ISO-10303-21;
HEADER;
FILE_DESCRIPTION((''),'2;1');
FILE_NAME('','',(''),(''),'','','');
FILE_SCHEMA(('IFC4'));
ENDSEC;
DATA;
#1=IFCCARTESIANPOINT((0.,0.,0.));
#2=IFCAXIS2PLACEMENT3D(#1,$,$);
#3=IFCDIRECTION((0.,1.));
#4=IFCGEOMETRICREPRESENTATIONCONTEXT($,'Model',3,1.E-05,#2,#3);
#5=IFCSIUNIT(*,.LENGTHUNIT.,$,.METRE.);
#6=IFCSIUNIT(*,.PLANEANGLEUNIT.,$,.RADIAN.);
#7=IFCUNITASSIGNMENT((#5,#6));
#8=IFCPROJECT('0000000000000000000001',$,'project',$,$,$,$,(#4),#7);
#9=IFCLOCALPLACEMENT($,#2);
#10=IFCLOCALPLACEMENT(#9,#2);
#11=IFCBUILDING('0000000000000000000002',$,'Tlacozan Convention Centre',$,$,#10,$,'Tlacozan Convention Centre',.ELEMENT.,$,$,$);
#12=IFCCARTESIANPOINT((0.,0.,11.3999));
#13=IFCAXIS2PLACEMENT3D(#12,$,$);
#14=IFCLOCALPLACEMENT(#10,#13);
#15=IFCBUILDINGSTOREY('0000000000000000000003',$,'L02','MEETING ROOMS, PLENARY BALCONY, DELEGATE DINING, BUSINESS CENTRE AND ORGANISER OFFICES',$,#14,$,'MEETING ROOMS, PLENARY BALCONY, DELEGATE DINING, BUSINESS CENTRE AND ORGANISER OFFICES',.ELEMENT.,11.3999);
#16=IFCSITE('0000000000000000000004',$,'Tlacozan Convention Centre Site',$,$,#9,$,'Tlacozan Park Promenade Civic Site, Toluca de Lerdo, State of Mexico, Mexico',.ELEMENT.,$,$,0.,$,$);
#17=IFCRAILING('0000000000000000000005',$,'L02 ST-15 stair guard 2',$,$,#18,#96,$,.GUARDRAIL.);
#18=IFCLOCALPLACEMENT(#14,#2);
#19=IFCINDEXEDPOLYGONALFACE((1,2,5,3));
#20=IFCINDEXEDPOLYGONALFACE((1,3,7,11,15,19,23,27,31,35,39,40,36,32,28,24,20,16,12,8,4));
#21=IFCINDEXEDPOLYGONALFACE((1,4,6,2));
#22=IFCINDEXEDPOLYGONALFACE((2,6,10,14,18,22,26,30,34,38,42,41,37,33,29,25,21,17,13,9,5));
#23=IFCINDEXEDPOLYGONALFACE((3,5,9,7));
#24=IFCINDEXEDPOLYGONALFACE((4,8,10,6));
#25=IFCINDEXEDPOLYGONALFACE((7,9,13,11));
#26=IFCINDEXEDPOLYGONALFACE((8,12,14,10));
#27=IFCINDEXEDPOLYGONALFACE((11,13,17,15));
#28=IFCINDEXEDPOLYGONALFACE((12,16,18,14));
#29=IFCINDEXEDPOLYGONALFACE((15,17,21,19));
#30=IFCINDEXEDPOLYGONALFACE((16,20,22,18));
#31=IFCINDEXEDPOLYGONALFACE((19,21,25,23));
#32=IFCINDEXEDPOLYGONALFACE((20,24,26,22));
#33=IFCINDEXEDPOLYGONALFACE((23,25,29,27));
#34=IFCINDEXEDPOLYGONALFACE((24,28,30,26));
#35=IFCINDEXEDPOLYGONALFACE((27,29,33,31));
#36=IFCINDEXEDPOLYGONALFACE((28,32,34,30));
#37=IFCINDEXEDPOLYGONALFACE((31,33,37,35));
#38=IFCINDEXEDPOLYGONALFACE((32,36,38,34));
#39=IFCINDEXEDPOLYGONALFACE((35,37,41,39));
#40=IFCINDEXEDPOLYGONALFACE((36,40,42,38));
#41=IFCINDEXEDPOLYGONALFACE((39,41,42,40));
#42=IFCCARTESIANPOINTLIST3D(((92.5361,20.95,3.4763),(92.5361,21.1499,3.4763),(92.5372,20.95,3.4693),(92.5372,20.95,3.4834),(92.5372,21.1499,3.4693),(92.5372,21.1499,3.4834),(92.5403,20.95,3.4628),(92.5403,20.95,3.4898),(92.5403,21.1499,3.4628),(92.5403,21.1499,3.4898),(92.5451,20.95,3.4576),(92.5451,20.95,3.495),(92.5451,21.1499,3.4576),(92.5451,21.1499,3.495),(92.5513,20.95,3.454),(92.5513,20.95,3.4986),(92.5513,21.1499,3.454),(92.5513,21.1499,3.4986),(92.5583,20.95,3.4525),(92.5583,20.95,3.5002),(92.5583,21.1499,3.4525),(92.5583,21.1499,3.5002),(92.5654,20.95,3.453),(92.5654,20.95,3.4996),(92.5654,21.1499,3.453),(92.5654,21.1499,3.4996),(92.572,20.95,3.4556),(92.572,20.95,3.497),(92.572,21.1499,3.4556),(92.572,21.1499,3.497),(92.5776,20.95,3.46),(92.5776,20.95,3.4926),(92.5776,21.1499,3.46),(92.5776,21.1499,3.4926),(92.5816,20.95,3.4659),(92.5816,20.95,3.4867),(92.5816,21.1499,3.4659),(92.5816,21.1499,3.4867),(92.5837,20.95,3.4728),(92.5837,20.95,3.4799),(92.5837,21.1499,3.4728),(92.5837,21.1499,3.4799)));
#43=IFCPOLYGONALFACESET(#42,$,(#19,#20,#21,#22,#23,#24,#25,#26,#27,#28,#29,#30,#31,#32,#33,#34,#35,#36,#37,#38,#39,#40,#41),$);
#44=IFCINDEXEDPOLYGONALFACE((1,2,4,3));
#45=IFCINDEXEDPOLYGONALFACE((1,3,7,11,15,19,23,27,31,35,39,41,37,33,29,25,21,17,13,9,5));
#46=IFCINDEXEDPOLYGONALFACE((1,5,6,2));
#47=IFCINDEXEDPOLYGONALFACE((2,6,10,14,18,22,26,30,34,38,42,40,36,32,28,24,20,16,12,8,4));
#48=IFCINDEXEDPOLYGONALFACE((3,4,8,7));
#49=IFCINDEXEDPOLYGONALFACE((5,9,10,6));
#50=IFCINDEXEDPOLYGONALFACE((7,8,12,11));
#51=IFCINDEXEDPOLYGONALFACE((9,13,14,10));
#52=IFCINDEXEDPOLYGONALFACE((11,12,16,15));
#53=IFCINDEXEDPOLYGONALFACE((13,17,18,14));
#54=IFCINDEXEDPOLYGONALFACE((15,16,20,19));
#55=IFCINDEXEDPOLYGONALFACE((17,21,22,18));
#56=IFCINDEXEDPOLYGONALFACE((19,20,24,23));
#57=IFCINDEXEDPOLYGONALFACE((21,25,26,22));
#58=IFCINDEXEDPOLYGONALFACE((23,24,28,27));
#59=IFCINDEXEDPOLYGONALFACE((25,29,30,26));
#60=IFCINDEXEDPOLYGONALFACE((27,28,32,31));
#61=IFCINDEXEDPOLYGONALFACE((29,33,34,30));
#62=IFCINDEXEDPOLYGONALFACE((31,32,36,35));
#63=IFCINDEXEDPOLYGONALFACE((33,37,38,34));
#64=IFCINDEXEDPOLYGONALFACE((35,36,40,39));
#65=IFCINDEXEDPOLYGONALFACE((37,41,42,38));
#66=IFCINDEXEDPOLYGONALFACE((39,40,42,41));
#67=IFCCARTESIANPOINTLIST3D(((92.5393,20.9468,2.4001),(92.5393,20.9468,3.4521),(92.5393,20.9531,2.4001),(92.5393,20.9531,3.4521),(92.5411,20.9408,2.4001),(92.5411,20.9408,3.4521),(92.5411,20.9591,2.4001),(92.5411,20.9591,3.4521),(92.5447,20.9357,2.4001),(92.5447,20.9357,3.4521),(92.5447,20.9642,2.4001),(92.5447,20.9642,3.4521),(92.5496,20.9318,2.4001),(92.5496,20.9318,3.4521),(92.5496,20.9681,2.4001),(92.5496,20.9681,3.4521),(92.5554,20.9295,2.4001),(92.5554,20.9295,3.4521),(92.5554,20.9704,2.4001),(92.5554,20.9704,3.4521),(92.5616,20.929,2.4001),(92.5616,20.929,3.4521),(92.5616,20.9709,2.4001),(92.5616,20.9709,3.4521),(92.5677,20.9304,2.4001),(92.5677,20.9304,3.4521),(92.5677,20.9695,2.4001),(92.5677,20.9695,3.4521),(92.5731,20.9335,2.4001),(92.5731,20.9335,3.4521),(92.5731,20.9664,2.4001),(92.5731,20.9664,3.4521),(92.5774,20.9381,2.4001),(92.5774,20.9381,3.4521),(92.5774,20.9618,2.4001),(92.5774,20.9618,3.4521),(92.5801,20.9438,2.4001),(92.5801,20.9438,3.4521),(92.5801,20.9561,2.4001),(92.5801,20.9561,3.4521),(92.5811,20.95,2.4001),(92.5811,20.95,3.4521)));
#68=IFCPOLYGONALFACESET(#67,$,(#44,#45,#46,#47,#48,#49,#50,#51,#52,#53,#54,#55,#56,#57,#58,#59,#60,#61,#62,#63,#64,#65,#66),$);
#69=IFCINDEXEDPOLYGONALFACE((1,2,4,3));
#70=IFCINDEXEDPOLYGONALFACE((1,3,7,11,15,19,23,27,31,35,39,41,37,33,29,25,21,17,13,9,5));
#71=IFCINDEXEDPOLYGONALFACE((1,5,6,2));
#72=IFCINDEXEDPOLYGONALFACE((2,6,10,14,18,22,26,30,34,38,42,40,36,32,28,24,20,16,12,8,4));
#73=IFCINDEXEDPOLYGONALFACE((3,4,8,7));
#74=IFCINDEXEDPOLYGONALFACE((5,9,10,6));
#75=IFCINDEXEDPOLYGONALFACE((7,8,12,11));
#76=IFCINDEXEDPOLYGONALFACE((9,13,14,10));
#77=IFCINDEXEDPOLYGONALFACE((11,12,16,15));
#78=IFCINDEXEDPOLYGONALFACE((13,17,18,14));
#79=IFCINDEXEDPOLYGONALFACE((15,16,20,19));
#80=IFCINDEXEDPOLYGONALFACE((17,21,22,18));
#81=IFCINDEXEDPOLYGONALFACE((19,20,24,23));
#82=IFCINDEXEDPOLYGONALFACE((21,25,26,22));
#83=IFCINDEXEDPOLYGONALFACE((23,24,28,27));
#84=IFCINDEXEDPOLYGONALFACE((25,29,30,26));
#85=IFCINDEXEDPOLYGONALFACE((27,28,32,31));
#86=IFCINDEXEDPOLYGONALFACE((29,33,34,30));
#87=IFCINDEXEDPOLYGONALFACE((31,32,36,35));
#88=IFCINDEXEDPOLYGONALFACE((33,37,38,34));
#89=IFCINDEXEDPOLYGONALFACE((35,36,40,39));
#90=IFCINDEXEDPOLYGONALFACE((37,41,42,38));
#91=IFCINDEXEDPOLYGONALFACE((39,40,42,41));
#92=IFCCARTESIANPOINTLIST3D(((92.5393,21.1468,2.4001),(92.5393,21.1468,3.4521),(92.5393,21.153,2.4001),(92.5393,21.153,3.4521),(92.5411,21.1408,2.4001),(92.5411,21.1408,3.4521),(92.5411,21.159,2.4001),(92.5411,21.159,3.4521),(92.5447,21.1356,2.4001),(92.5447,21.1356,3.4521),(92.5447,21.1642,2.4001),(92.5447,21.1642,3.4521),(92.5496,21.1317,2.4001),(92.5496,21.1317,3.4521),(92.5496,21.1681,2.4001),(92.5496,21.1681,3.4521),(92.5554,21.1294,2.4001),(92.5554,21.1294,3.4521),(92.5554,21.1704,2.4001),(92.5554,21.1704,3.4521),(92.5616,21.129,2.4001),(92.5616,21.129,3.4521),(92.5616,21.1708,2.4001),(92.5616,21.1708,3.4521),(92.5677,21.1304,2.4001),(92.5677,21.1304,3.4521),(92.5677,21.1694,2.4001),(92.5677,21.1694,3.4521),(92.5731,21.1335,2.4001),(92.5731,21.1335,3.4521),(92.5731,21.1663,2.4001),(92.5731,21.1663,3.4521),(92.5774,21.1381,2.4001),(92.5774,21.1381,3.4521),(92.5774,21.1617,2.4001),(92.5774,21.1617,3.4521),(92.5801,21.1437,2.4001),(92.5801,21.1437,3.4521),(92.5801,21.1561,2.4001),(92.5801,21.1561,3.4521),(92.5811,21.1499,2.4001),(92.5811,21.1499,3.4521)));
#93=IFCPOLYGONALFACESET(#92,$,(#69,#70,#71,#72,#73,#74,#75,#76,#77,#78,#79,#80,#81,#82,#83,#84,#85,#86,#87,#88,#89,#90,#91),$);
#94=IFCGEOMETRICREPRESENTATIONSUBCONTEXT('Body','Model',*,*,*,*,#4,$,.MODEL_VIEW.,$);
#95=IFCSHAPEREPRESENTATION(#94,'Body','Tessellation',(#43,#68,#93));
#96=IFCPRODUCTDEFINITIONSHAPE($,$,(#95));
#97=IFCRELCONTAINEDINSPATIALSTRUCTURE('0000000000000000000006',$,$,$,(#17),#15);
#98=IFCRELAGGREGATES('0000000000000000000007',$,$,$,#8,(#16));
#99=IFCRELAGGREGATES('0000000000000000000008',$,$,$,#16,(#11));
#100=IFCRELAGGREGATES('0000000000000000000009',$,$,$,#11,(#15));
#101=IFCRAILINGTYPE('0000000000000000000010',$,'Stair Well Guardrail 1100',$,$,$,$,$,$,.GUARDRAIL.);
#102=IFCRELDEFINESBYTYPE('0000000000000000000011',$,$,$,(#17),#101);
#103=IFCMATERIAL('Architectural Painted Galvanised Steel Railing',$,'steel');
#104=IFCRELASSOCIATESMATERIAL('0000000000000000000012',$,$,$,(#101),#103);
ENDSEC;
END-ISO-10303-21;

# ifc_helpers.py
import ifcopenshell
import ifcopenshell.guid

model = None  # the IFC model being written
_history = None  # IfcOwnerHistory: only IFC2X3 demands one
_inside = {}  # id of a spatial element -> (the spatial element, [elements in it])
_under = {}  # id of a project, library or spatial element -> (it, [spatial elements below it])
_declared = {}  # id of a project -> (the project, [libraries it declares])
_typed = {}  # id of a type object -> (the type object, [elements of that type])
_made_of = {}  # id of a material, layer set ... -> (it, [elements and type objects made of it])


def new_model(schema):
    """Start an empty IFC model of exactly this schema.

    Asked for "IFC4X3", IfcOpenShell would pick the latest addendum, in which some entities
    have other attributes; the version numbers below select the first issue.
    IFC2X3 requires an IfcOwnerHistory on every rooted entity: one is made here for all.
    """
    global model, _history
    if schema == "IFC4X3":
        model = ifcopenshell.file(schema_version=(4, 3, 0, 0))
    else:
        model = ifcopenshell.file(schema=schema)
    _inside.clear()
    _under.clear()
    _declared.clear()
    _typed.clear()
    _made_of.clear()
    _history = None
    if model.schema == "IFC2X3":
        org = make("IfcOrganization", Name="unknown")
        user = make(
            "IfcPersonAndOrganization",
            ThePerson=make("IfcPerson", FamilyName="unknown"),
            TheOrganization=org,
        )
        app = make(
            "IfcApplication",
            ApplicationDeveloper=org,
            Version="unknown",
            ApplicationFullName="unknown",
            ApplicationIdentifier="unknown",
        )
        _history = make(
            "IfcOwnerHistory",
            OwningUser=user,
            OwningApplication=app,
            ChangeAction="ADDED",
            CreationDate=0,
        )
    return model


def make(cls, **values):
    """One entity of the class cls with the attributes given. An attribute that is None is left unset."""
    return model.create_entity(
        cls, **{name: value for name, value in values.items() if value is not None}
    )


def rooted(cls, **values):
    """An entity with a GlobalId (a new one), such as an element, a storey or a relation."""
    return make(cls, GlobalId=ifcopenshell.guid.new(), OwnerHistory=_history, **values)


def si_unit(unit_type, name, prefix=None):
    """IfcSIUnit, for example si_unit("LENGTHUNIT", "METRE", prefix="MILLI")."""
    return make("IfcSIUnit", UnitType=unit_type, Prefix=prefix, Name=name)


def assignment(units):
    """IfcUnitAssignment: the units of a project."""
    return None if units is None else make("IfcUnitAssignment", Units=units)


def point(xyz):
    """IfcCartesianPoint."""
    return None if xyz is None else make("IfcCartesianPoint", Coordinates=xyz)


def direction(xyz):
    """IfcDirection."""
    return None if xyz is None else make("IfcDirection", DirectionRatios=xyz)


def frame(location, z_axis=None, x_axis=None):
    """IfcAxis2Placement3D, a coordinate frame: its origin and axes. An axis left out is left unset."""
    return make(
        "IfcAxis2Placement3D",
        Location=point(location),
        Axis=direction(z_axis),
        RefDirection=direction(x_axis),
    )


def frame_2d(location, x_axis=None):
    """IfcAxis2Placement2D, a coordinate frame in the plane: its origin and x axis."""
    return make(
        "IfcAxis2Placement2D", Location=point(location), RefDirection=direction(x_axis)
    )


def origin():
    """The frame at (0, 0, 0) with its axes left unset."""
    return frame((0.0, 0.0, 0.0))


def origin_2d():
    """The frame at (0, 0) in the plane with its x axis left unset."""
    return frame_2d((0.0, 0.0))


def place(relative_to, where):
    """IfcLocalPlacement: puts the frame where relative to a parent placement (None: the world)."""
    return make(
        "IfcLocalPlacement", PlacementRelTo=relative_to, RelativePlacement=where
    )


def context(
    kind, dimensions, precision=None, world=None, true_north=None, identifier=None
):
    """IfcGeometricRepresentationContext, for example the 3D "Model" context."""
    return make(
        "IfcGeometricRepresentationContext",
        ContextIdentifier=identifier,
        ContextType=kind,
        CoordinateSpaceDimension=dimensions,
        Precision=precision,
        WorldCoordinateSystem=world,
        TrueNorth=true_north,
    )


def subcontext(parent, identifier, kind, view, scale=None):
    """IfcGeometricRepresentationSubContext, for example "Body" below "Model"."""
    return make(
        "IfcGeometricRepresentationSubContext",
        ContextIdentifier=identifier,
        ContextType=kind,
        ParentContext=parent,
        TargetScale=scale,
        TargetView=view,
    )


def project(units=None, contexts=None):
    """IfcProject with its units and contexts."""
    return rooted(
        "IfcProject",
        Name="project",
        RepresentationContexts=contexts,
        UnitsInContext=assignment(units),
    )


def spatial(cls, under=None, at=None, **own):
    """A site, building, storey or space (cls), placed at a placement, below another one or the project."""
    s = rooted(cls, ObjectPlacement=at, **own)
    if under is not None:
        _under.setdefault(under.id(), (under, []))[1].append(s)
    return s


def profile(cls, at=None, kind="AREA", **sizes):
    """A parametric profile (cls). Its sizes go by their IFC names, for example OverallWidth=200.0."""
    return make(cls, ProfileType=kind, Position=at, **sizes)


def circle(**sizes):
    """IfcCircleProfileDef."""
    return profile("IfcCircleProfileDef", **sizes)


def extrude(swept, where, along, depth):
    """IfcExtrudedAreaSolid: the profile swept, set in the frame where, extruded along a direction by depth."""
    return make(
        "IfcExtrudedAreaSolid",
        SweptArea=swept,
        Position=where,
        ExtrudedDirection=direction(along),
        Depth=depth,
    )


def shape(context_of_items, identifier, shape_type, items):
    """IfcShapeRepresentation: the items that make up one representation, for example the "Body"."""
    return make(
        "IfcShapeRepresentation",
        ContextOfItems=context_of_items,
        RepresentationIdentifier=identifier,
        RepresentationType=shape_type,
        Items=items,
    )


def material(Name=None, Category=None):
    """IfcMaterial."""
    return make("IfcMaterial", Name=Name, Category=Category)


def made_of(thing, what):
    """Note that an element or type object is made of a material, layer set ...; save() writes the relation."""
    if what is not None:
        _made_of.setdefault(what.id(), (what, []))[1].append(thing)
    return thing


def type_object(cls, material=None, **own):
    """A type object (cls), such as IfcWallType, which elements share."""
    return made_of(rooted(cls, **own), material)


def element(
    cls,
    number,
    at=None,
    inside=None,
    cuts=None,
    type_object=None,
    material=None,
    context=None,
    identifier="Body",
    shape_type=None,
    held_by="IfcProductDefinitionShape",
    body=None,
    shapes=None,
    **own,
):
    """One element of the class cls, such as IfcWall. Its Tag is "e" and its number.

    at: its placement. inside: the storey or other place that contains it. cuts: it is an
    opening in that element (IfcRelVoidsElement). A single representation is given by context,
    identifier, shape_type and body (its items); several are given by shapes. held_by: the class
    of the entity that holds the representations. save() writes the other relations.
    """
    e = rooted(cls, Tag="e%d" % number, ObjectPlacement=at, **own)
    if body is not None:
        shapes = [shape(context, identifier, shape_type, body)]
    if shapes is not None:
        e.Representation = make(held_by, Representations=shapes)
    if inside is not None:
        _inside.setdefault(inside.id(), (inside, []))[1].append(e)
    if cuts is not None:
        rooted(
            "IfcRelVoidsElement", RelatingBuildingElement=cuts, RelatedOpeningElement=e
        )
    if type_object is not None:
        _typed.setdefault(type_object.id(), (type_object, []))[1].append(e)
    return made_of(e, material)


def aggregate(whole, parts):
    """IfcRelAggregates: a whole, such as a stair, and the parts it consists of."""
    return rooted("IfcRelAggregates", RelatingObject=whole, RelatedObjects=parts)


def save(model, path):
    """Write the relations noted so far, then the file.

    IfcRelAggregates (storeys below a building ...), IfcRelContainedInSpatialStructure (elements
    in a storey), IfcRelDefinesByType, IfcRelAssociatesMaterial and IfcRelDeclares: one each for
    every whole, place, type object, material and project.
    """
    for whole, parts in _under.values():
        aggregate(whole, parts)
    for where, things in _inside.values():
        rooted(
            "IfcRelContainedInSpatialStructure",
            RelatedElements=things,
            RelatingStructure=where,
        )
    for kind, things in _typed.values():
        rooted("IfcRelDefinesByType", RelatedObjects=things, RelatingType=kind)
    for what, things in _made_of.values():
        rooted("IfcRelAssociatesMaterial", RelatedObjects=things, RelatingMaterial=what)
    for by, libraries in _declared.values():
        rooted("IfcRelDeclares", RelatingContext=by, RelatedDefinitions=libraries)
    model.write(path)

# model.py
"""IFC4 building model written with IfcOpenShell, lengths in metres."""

from ifc_helpers import new_model, si_unit, direction, frame, origin, origin_2d, place, context, subcontext, project, spatial, circle, extrude, material, type_object, element, save


model = new_model("IFC4")

# Units and contexts
model_context = context("Model", 3, precision=1e-05, world=origin(), true_north=direction((0.0, 1.0)))
body_context = subcontext(model_context, "Body", "Model", "MODEL_VIEW")
ifc_project = project(units=[si_unit("LENGTHUNIT", "METRE"), si_unit("PLANEANGLEUNIT", "RADIAN")], contexts=[model_context])

# Site, building, storey
site_placement = place(None, origin())
site = spatial("IfcSite", under=ifc_project, at=site_placement, Name="Tlacozan Convention Centre Site", LongName="Tlacozan Park Promenade Civic Site, Toluca de Lerdo, State of Mexico, Mexico", CompositionType="ELEMENT", RefElevation=0.0)
building_placement = place(site_placement, origin())
building = spatial("IfcBuilding", under=site, at=building_placement, Name="Tlacozan Convention Centre", LongName="Tlacozan Convention Centre", CompositionType="ELEMENT")
storey_placement = place(building_placement, frame((0.0, 0.0, 11.3999)))
storey = spatial("IfcBuildingStorey", under=building, at=storey_placement, Name="L02", Description="MEETING ROOMS, PLENARY BALCONY, DELEGATE DINING, BUSINESS CENTRE AND ORGANISER OFFICES", LongName="MEETING ROOMS, PLENARY BALCONY, DELEGATE DINING, BUSINESS CENTRE AND ORGANISER OFFICES", CompositionType="ELEMENT", Elevation=11.3999)

# Railing
ifc_material_1 = material(Name="Architectural Painted Galvanised Steel Railing", Category="steel")
railing_type_1 = type_object("IfcRailingType", Name="Stair Well Guardrail 1100", PredefinedType="GUARDRAIL", material=ifc_material_1)
railing_1_placement = place(storey_placement, frame((92.5601, 20.95, 2.4001)))
element("IfcRailing", 1, at=railing_1_placement, inside=storey, type_object=railing_type_1, Name="L02 ST-15 stair guard 2", PredefinedType="GUARDRAIL", context=body_context, shape_type="SweptSolid", body=[
    extrude(circle(Radius=0.0239, at=origin_2d()), frame((0.0, 0.0, 1.0762), z_axis=(0.0, 1.0, 0.0), x_axis=(-1.0, 0.0, 0.0)), (0.0, 0.0, 1.0), 0.2),
    extrude(circle(Radius=0.021, at=origin_2d()), origin(), (0.0, 0.0, 1.0), 1.052),
    extrude(circle(Radius=0.021, at=origin_2d()), frame((0.0, 0.2, 0.0)), (0.0, 0.0, 1.0), 1.052),
])

save(model, "model.ifc")
